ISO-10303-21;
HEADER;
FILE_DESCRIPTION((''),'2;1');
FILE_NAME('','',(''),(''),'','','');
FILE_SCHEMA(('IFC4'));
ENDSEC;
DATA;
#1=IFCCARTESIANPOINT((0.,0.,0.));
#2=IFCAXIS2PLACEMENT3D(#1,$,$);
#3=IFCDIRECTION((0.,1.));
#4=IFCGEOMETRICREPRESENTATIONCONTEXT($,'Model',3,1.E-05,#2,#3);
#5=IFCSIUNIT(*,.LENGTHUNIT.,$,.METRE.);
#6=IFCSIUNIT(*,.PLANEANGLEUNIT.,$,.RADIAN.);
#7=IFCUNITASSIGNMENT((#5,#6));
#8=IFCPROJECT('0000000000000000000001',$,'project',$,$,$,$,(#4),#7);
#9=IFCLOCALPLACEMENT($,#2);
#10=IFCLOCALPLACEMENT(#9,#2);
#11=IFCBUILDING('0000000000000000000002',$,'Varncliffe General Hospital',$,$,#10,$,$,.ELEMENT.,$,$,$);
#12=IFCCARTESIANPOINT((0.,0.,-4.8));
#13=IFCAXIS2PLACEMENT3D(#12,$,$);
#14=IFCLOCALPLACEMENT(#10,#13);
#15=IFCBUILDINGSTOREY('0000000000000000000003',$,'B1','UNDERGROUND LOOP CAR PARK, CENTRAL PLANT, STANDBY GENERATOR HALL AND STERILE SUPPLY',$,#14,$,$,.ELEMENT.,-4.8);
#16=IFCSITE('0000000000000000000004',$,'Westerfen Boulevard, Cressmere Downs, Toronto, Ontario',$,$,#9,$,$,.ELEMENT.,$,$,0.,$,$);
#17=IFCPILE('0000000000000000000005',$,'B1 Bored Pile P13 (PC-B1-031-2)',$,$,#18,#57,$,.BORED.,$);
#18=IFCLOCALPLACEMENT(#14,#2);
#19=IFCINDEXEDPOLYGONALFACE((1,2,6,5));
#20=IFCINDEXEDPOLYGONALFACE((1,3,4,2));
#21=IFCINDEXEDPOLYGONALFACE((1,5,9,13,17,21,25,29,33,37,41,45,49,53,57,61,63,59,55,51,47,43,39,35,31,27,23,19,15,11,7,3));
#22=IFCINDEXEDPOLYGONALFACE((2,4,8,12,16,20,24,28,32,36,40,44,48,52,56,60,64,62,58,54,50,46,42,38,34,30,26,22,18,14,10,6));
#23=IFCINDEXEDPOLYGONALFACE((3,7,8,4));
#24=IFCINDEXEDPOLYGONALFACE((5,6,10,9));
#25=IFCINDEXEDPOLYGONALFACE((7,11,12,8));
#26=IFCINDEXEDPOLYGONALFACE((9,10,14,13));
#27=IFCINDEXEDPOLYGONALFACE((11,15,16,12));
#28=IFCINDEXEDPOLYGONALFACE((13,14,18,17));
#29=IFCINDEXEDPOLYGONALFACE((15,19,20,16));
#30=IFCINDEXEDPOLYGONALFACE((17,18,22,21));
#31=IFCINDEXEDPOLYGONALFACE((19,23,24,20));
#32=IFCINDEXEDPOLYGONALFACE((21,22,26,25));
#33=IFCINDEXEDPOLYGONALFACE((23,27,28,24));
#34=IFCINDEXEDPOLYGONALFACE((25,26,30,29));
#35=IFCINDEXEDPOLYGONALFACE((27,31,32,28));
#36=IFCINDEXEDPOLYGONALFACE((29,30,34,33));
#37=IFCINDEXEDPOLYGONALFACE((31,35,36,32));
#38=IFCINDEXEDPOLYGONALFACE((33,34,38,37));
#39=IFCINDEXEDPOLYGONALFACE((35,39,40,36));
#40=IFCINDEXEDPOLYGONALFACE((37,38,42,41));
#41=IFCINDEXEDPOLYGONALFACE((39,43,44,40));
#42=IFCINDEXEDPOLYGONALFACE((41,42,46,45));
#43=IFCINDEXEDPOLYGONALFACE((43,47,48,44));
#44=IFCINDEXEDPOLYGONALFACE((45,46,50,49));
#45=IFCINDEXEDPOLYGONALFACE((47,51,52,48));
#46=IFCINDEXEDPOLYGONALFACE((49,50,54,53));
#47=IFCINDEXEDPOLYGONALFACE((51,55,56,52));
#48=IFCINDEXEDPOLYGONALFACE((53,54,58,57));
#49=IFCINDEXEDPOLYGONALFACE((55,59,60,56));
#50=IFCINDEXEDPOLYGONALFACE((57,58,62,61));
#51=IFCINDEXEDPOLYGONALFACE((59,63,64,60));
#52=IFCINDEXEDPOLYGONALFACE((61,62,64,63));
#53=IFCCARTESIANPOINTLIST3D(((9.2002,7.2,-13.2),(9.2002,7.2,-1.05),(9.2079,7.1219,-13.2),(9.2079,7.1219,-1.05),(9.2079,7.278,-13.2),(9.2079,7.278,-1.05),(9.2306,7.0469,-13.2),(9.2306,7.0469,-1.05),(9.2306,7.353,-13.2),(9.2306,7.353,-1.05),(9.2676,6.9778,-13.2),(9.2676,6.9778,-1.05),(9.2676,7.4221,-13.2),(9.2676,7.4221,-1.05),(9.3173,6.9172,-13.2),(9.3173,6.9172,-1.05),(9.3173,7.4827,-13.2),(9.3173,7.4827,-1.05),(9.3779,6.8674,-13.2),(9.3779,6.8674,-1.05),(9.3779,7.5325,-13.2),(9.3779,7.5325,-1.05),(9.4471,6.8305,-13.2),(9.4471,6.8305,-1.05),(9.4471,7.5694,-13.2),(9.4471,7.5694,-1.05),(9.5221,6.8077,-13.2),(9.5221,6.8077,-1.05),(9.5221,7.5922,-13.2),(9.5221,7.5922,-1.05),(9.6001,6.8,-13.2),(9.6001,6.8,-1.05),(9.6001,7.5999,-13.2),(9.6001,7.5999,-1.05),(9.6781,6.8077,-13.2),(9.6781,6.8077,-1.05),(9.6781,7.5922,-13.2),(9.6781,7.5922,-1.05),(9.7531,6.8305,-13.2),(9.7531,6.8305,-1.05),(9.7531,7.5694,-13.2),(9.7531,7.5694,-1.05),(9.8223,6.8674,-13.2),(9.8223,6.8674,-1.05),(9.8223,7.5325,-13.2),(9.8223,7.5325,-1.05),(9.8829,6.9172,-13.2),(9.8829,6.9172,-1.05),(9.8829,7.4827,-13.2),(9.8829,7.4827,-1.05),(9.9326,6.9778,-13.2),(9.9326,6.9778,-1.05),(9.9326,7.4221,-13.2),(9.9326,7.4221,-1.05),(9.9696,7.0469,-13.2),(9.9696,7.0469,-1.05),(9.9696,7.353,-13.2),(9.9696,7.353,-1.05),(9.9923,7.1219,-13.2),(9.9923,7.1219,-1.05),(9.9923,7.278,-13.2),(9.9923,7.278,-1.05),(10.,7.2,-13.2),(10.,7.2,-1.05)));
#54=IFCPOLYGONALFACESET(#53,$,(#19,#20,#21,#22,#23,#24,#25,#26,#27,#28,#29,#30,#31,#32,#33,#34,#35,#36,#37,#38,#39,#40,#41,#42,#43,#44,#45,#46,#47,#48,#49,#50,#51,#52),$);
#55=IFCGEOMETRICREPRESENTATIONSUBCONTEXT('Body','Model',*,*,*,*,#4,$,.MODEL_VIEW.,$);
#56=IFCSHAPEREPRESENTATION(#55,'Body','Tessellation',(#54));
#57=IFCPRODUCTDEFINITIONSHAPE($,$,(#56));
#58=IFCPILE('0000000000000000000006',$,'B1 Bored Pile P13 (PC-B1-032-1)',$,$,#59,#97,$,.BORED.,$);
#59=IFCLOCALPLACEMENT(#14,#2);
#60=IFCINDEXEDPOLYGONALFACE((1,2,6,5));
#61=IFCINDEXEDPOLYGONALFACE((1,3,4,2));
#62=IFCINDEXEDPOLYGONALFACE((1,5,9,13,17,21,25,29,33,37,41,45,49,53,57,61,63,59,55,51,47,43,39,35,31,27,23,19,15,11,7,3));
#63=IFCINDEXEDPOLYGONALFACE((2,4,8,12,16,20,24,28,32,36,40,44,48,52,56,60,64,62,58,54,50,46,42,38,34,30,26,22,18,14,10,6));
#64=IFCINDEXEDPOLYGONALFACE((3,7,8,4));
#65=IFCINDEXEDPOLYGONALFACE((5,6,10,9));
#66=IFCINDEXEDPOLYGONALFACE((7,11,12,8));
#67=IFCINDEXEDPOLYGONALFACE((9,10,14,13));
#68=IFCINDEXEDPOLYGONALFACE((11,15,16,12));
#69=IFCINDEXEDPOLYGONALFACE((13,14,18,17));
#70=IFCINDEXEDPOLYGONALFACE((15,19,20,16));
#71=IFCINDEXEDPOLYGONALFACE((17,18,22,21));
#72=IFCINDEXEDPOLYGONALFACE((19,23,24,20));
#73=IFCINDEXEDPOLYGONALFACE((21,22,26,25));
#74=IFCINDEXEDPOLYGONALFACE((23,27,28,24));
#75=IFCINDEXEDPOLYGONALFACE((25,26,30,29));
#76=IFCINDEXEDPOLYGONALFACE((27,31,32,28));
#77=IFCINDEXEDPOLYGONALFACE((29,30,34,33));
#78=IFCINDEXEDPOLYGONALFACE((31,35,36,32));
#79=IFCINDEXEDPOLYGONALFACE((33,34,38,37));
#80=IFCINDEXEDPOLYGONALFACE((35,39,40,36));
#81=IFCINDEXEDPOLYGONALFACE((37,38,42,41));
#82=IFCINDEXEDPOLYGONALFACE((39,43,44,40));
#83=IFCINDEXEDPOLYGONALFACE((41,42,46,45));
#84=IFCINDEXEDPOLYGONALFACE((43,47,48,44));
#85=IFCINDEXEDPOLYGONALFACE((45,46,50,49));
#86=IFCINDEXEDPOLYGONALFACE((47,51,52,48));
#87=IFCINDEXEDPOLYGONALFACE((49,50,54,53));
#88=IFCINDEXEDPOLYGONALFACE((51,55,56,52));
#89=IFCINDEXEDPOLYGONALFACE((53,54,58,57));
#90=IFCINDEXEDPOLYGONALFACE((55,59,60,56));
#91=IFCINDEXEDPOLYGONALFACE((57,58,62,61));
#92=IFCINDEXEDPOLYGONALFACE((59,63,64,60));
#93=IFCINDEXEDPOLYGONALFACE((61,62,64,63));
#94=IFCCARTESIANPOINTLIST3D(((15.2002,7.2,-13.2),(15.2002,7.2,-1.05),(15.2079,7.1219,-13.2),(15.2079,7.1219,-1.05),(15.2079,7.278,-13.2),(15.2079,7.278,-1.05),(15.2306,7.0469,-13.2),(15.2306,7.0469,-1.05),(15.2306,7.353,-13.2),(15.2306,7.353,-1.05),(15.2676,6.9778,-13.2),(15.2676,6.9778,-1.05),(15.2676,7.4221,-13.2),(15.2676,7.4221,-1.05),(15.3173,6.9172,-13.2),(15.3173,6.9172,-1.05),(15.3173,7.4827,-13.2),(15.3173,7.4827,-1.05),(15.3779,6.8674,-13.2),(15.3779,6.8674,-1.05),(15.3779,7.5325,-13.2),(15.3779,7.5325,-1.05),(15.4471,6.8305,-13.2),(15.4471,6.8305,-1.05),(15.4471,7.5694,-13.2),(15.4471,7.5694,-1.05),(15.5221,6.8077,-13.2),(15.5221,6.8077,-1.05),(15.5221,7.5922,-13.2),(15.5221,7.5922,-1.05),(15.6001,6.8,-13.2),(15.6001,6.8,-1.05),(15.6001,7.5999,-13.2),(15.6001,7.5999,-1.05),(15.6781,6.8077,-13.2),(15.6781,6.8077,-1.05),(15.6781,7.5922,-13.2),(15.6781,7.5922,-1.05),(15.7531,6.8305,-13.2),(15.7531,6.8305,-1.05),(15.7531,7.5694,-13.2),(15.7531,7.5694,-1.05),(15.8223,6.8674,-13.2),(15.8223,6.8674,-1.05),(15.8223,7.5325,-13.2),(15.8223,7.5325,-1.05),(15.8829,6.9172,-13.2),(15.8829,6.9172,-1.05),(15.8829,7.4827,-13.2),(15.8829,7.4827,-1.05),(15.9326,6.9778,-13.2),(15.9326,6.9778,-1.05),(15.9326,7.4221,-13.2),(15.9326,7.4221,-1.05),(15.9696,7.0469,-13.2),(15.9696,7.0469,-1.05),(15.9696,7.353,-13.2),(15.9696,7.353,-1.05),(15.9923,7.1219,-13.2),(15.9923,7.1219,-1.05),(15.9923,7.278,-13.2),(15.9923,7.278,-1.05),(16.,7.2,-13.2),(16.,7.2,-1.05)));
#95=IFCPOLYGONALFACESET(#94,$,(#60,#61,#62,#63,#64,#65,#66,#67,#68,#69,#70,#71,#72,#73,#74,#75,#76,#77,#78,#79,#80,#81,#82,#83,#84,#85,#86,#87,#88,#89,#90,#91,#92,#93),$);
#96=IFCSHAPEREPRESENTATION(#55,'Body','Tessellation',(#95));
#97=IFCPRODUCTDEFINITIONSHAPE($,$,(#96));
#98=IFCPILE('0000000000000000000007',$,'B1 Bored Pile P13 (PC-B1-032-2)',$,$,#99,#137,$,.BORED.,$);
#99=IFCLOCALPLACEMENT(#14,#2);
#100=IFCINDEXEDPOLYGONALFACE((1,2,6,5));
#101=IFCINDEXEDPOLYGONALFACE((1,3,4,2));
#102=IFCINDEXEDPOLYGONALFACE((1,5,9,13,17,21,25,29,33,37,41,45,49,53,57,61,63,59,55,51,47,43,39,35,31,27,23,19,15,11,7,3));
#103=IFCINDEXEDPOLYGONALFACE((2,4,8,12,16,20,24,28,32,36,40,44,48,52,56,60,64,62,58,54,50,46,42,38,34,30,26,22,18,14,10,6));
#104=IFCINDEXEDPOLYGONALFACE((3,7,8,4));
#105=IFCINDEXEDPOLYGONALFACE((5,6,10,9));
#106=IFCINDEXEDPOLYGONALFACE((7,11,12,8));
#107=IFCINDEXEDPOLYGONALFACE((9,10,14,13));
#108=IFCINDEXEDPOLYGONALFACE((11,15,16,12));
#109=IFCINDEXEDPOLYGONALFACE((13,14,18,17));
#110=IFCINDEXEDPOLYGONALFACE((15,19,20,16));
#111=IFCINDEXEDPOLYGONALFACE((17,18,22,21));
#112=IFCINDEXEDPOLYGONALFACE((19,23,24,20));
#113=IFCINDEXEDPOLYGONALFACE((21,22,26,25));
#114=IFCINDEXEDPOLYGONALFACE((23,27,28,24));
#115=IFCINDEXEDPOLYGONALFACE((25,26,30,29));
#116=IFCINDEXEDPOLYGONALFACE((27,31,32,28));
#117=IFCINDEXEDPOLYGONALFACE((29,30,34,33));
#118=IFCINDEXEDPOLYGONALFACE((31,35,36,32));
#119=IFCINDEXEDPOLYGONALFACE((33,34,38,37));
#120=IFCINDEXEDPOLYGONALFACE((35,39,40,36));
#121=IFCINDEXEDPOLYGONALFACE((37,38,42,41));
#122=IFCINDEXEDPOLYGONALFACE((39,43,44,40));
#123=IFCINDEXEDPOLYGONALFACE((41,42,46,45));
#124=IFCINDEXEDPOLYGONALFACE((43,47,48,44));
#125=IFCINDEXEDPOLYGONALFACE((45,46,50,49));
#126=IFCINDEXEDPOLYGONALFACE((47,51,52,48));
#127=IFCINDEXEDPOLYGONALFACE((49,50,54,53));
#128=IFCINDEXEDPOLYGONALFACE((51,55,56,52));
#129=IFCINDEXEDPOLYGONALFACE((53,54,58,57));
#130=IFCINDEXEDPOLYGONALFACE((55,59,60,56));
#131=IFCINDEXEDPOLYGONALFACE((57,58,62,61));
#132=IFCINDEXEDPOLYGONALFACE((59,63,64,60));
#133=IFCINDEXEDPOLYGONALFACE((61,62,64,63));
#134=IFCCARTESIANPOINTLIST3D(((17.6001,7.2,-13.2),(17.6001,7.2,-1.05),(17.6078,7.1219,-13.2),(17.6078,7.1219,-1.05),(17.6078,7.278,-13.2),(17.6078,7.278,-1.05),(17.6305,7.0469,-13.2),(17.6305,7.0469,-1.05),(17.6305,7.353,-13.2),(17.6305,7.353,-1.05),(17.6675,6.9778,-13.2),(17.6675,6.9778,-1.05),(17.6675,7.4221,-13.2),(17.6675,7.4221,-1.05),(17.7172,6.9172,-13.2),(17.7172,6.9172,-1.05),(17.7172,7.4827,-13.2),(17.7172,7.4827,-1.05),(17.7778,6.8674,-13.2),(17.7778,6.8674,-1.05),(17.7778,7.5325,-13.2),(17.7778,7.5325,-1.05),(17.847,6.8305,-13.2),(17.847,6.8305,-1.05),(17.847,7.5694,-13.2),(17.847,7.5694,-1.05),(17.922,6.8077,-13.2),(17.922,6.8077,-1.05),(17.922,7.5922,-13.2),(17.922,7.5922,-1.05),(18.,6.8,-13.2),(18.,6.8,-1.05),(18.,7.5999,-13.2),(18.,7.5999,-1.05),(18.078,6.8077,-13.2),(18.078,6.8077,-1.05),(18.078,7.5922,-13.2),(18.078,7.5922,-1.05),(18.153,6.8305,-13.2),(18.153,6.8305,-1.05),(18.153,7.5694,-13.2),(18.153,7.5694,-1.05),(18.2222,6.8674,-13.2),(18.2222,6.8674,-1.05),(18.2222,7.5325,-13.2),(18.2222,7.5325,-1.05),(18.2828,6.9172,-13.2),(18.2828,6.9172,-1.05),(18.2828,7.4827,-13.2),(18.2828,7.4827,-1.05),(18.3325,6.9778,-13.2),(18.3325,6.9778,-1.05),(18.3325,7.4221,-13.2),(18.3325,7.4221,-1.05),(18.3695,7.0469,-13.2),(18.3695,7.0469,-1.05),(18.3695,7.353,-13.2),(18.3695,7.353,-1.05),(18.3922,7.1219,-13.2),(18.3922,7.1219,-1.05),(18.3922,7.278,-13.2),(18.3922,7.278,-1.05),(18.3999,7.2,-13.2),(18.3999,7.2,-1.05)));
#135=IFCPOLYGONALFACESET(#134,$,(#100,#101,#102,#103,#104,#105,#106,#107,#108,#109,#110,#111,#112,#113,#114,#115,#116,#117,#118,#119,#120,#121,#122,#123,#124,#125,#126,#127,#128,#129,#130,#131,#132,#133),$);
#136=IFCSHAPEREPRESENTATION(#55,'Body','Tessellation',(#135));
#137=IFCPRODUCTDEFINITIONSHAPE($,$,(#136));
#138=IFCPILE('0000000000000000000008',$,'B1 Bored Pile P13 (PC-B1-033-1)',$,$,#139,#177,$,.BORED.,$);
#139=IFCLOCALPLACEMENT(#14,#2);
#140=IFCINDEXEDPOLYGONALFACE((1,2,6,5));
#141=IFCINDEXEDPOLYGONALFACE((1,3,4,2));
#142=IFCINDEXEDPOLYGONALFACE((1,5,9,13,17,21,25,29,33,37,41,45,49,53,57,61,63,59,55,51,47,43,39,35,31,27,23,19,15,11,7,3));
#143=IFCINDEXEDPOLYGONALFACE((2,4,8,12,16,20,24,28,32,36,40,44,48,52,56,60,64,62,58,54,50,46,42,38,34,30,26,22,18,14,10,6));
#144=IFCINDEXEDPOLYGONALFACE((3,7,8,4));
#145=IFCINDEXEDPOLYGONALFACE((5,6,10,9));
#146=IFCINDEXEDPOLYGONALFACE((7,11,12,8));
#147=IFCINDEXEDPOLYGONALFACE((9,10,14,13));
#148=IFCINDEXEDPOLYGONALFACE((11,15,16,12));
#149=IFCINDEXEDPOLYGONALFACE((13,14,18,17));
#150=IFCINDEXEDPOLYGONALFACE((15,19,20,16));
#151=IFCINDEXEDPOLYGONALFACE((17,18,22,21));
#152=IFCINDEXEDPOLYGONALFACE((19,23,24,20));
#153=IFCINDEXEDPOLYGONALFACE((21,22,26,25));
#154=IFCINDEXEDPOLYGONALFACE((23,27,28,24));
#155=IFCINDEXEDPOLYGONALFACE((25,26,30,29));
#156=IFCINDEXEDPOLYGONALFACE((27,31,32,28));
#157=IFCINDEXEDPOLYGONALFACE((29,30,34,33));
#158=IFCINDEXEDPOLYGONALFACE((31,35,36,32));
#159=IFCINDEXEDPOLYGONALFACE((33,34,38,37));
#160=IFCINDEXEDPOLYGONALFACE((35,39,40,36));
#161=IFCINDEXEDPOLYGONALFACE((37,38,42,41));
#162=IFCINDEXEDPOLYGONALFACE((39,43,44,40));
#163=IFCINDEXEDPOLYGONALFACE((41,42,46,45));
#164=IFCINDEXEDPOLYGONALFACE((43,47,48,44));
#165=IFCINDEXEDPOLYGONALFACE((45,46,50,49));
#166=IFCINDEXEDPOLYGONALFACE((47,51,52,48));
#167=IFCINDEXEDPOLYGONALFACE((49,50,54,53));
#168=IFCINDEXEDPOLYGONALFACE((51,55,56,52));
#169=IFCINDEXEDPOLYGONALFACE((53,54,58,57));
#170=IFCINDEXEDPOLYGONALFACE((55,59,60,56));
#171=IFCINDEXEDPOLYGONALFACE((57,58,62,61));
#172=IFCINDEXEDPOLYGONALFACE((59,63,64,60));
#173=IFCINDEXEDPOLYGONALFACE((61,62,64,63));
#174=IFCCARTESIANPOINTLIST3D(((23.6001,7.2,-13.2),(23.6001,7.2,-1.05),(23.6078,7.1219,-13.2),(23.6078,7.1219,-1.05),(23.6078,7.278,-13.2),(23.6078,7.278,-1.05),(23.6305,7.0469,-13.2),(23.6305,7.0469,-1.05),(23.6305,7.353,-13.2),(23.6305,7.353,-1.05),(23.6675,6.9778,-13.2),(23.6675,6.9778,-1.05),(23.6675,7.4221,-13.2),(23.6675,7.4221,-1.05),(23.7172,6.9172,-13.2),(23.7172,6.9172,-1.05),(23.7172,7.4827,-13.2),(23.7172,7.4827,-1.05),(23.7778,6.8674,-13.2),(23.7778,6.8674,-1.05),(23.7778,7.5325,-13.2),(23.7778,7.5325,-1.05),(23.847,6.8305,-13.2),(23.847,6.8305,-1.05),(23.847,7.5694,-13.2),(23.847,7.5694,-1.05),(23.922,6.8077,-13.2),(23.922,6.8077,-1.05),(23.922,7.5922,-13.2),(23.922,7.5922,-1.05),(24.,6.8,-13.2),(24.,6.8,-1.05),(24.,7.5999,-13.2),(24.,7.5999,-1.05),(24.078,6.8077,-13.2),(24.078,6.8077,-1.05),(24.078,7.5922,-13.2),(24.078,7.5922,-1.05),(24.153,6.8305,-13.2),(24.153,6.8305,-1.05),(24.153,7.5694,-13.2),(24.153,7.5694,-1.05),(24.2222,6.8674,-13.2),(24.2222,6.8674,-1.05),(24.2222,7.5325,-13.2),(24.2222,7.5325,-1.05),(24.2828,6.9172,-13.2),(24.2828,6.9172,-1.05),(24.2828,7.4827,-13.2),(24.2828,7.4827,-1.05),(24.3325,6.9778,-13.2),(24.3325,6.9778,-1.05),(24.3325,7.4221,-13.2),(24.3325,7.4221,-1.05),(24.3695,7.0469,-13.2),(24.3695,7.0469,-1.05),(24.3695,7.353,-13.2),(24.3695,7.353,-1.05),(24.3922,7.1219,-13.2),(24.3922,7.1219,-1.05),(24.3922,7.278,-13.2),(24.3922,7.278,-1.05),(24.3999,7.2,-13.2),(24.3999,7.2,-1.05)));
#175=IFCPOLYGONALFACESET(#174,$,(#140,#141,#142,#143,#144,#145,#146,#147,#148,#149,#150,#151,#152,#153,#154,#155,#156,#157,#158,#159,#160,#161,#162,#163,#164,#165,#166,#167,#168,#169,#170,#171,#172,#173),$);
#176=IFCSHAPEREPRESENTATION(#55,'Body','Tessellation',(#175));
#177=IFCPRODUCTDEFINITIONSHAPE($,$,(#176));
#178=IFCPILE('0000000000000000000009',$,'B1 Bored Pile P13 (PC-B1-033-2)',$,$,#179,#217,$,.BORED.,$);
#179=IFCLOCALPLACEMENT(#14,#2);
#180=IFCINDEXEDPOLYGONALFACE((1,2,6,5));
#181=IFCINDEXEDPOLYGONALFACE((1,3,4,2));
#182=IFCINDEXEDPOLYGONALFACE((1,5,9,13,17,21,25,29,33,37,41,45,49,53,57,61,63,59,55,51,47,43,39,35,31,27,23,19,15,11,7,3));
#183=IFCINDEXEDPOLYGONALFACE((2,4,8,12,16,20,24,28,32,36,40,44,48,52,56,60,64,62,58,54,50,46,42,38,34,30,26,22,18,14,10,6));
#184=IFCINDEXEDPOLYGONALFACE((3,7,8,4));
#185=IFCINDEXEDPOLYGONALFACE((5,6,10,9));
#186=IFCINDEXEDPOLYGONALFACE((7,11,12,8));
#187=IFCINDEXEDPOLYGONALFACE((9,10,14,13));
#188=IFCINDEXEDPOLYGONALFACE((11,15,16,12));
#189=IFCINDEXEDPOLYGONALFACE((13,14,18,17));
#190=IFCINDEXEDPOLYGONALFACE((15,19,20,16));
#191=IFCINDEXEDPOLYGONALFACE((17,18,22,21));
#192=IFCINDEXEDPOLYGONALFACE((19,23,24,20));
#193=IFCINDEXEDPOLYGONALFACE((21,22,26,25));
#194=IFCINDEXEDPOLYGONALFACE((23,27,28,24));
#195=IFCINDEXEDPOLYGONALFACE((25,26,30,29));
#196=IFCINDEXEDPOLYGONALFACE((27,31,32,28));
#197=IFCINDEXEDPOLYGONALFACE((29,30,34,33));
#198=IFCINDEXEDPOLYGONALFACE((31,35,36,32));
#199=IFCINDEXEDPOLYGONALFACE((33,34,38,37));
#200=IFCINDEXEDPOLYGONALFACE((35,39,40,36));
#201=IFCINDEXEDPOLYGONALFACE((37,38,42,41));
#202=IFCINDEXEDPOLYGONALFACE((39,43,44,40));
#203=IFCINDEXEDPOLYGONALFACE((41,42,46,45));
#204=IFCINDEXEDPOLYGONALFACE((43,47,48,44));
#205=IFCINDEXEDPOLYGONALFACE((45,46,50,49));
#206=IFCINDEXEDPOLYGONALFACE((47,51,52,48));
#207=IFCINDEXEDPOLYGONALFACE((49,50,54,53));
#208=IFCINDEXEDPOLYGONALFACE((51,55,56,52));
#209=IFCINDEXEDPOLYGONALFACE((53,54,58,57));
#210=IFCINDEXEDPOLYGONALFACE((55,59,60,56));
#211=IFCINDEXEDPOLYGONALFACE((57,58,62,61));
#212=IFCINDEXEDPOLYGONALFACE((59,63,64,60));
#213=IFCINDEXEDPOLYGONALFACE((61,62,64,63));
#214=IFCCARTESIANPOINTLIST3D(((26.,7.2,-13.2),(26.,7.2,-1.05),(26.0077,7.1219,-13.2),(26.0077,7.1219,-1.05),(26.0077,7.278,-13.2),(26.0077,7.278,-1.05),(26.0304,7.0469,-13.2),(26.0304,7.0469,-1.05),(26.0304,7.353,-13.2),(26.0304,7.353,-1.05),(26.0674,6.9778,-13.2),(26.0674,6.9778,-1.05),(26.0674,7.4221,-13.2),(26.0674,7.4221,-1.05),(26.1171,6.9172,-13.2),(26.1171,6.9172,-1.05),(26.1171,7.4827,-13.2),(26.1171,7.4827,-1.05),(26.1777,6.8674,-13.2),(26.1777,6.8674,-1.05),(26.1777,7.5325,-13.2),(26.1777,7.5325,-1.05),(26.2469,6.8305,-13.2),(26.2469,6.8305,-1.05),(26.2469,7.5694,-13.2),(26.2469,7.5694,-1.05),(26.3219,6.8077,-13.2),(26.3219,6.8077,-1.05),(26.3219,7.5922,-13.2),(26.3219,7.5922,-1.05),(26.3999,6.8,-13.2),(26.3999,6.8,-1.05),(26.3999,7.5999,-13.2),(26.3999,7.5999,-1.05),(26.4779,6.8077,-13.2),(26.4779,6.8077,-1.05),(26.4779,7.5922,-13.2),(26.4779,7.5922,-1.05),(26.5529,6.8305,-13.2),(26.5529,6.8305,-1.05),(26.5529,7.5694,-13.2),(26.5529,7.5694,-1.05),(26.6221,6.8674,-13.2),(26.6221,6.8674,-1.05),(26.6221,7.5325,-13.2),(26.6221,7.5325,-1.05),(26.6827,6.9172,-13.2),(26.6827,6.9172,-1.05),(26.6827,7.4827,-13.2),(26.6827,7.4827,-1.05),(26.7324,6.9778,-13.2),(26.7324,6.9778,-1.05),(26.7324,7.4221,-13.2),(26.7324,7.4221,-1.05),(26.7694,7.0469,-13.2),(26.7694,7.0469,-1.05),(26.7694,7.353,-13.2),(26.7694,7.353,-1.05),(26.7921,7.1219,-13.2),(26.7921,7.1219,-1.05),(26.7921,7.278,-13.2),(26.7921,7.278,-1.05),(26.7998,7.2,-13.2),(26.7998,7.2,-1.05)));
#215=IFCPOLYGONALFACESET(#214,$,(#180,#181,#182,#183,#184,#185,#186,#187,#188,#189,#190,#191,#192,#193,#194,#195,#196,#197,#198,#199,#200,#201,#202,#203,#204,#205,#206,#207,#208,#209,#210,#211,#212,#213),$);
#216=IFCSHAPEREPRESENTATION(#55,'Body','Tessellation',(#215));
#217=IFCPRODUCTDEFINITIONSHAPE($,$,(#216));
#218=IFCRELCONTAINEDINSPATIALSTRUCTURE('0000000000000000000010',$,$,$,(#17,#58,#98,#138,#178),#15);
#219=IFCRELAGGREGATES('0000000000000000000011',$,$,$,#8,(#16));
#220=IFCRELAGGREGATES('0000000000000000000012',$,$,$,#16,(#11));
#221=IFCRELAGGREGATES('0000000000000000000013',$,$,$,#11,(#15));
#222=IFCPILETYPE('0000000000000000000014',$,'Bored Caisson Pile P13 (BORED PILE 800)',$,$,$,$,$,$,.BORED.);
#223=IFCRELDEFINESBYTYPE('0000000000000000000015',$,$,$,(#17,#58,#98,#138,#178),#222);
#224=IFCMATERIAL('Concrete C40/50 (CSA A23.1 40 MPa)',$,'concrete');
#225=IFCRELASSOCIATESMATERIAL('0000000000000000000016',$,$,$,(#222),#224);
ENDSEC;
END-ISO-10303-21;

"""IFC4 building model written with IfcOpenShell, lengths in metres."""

from ifc_helpers import new_model, si_unit, direction, frame, origin, origin_2d, place, context, subcontext, project, spatial, circle, extrude, material, material_profile, profile_set, type_object, element, save


model = new_model("IFC4")

# Units and contexts
model_context = context("Model", 3, precision=1e-05, world=origin(), true_north=direction((0.0, 1.0)))
body_context = subcontext(model_context, "Body", "Model", "MODEL_VIEW")
ifc_project = project(units=[si_unit("LENGTHUNIT", "METRE"), si_unit("PLANEANGLEUNIT", "RADIAN")], contexts=[model_context])

# Site, building, storey
site_placement = place(None, origin())
site = spatial("IfcSite", under=ifc_project, at=site_placement, Name="Westerfen Boulevard, Cressmere Downs, Toronto, Ontario", CompositionType="ELEMENT", RefElevation=0.0)
building_placement = place(site_placement, origin())
building = spatial("IfcBuilding", under=site, at=building_placement, Name="Varncliffe General Hospital", CompositionType="ELEMENT")
storey_placement = place(building_placement, frame((0.0, 0.0, -4.8)))
storey = spatial("IfcBuildingStorey", under=building, at=storey_placement, Name="B1", Description="UNDERGROUND LOOP CAR PARK, CENTRAL PLANT, STANDBY GENERATOR HALL AND STERILE SUPPLY", CompositionType="ELEMENT", Elevation=-4.8)

# Piles
ifc_material_1 = material(Name="Concrete C40/50 (CSA A23.1 40 MPa)", Category="concrete")
ifc_material_profile_1 = material_profile(ifc_material_1, circle(Radius=0.3999, at=origin_2d()), Name="BORED PILE 800")
ifc_profile_set_1 = profile_set([ifc_material_profile_1], Name="Concrete C40/50 (CSA A23.1 40 MPa)")
pile_type = type_object("IfcPileType", Name="Bored Caisson Pile P13 (BORED PILE 800)", PredefinedType="BORED", material=ifc_profile_set_1)
for number, where, z_axis, x_axis, name in (
    (1, (9.6001, 7.2, -1.05), (0.0, 0.0, -1.0), (1.0, 0.0, 0.0), "B1 Bored Pile P13 (PC-B1-031-2)"),
    (2, (15.6001, 7.2, -1.05), (0.0, 0.0, -1.0), (1.0, 0.0, 0.0), "B1 Bored Pile P13 (PC-B1-032-1)"),
    (3, (18.0, 7.2, -1.05), (0.0, 0.0, -1.0), (1.0, 0.0, 0.0), "B1 Bored Pile P13 (PC-B1-032-2)"),
    (4, (24.0, 7.2, -1.05), (0.0, 0.0, -1.0), (1.0, 0.0, 0.0), "B1 Bored Pile P13 (PC-B1-033-1)"),
    (5, (26.3999, 7.2, -1.05), (0.0, 0.0, -1.0), (1.0, 0.0, 0.0), "B1 Bored Pile P13 (PC-B1-033-2)"),
):
    element("IfcPile", number, at=place(storey_placement, frame(where, z_axis=z_axis, x_axis=x_axis)), inside=storey, type_object=pile_type, Name=name, PredefinedType="BORED", context=body_context, shape_type="SweptSolid", body=[
        extrude(circle(Radius=0.3999, at=origin_2d()), origin(), (0.0, 0.0, 1.0), 12.1499),
    ])

save(model, "model.ifc")
